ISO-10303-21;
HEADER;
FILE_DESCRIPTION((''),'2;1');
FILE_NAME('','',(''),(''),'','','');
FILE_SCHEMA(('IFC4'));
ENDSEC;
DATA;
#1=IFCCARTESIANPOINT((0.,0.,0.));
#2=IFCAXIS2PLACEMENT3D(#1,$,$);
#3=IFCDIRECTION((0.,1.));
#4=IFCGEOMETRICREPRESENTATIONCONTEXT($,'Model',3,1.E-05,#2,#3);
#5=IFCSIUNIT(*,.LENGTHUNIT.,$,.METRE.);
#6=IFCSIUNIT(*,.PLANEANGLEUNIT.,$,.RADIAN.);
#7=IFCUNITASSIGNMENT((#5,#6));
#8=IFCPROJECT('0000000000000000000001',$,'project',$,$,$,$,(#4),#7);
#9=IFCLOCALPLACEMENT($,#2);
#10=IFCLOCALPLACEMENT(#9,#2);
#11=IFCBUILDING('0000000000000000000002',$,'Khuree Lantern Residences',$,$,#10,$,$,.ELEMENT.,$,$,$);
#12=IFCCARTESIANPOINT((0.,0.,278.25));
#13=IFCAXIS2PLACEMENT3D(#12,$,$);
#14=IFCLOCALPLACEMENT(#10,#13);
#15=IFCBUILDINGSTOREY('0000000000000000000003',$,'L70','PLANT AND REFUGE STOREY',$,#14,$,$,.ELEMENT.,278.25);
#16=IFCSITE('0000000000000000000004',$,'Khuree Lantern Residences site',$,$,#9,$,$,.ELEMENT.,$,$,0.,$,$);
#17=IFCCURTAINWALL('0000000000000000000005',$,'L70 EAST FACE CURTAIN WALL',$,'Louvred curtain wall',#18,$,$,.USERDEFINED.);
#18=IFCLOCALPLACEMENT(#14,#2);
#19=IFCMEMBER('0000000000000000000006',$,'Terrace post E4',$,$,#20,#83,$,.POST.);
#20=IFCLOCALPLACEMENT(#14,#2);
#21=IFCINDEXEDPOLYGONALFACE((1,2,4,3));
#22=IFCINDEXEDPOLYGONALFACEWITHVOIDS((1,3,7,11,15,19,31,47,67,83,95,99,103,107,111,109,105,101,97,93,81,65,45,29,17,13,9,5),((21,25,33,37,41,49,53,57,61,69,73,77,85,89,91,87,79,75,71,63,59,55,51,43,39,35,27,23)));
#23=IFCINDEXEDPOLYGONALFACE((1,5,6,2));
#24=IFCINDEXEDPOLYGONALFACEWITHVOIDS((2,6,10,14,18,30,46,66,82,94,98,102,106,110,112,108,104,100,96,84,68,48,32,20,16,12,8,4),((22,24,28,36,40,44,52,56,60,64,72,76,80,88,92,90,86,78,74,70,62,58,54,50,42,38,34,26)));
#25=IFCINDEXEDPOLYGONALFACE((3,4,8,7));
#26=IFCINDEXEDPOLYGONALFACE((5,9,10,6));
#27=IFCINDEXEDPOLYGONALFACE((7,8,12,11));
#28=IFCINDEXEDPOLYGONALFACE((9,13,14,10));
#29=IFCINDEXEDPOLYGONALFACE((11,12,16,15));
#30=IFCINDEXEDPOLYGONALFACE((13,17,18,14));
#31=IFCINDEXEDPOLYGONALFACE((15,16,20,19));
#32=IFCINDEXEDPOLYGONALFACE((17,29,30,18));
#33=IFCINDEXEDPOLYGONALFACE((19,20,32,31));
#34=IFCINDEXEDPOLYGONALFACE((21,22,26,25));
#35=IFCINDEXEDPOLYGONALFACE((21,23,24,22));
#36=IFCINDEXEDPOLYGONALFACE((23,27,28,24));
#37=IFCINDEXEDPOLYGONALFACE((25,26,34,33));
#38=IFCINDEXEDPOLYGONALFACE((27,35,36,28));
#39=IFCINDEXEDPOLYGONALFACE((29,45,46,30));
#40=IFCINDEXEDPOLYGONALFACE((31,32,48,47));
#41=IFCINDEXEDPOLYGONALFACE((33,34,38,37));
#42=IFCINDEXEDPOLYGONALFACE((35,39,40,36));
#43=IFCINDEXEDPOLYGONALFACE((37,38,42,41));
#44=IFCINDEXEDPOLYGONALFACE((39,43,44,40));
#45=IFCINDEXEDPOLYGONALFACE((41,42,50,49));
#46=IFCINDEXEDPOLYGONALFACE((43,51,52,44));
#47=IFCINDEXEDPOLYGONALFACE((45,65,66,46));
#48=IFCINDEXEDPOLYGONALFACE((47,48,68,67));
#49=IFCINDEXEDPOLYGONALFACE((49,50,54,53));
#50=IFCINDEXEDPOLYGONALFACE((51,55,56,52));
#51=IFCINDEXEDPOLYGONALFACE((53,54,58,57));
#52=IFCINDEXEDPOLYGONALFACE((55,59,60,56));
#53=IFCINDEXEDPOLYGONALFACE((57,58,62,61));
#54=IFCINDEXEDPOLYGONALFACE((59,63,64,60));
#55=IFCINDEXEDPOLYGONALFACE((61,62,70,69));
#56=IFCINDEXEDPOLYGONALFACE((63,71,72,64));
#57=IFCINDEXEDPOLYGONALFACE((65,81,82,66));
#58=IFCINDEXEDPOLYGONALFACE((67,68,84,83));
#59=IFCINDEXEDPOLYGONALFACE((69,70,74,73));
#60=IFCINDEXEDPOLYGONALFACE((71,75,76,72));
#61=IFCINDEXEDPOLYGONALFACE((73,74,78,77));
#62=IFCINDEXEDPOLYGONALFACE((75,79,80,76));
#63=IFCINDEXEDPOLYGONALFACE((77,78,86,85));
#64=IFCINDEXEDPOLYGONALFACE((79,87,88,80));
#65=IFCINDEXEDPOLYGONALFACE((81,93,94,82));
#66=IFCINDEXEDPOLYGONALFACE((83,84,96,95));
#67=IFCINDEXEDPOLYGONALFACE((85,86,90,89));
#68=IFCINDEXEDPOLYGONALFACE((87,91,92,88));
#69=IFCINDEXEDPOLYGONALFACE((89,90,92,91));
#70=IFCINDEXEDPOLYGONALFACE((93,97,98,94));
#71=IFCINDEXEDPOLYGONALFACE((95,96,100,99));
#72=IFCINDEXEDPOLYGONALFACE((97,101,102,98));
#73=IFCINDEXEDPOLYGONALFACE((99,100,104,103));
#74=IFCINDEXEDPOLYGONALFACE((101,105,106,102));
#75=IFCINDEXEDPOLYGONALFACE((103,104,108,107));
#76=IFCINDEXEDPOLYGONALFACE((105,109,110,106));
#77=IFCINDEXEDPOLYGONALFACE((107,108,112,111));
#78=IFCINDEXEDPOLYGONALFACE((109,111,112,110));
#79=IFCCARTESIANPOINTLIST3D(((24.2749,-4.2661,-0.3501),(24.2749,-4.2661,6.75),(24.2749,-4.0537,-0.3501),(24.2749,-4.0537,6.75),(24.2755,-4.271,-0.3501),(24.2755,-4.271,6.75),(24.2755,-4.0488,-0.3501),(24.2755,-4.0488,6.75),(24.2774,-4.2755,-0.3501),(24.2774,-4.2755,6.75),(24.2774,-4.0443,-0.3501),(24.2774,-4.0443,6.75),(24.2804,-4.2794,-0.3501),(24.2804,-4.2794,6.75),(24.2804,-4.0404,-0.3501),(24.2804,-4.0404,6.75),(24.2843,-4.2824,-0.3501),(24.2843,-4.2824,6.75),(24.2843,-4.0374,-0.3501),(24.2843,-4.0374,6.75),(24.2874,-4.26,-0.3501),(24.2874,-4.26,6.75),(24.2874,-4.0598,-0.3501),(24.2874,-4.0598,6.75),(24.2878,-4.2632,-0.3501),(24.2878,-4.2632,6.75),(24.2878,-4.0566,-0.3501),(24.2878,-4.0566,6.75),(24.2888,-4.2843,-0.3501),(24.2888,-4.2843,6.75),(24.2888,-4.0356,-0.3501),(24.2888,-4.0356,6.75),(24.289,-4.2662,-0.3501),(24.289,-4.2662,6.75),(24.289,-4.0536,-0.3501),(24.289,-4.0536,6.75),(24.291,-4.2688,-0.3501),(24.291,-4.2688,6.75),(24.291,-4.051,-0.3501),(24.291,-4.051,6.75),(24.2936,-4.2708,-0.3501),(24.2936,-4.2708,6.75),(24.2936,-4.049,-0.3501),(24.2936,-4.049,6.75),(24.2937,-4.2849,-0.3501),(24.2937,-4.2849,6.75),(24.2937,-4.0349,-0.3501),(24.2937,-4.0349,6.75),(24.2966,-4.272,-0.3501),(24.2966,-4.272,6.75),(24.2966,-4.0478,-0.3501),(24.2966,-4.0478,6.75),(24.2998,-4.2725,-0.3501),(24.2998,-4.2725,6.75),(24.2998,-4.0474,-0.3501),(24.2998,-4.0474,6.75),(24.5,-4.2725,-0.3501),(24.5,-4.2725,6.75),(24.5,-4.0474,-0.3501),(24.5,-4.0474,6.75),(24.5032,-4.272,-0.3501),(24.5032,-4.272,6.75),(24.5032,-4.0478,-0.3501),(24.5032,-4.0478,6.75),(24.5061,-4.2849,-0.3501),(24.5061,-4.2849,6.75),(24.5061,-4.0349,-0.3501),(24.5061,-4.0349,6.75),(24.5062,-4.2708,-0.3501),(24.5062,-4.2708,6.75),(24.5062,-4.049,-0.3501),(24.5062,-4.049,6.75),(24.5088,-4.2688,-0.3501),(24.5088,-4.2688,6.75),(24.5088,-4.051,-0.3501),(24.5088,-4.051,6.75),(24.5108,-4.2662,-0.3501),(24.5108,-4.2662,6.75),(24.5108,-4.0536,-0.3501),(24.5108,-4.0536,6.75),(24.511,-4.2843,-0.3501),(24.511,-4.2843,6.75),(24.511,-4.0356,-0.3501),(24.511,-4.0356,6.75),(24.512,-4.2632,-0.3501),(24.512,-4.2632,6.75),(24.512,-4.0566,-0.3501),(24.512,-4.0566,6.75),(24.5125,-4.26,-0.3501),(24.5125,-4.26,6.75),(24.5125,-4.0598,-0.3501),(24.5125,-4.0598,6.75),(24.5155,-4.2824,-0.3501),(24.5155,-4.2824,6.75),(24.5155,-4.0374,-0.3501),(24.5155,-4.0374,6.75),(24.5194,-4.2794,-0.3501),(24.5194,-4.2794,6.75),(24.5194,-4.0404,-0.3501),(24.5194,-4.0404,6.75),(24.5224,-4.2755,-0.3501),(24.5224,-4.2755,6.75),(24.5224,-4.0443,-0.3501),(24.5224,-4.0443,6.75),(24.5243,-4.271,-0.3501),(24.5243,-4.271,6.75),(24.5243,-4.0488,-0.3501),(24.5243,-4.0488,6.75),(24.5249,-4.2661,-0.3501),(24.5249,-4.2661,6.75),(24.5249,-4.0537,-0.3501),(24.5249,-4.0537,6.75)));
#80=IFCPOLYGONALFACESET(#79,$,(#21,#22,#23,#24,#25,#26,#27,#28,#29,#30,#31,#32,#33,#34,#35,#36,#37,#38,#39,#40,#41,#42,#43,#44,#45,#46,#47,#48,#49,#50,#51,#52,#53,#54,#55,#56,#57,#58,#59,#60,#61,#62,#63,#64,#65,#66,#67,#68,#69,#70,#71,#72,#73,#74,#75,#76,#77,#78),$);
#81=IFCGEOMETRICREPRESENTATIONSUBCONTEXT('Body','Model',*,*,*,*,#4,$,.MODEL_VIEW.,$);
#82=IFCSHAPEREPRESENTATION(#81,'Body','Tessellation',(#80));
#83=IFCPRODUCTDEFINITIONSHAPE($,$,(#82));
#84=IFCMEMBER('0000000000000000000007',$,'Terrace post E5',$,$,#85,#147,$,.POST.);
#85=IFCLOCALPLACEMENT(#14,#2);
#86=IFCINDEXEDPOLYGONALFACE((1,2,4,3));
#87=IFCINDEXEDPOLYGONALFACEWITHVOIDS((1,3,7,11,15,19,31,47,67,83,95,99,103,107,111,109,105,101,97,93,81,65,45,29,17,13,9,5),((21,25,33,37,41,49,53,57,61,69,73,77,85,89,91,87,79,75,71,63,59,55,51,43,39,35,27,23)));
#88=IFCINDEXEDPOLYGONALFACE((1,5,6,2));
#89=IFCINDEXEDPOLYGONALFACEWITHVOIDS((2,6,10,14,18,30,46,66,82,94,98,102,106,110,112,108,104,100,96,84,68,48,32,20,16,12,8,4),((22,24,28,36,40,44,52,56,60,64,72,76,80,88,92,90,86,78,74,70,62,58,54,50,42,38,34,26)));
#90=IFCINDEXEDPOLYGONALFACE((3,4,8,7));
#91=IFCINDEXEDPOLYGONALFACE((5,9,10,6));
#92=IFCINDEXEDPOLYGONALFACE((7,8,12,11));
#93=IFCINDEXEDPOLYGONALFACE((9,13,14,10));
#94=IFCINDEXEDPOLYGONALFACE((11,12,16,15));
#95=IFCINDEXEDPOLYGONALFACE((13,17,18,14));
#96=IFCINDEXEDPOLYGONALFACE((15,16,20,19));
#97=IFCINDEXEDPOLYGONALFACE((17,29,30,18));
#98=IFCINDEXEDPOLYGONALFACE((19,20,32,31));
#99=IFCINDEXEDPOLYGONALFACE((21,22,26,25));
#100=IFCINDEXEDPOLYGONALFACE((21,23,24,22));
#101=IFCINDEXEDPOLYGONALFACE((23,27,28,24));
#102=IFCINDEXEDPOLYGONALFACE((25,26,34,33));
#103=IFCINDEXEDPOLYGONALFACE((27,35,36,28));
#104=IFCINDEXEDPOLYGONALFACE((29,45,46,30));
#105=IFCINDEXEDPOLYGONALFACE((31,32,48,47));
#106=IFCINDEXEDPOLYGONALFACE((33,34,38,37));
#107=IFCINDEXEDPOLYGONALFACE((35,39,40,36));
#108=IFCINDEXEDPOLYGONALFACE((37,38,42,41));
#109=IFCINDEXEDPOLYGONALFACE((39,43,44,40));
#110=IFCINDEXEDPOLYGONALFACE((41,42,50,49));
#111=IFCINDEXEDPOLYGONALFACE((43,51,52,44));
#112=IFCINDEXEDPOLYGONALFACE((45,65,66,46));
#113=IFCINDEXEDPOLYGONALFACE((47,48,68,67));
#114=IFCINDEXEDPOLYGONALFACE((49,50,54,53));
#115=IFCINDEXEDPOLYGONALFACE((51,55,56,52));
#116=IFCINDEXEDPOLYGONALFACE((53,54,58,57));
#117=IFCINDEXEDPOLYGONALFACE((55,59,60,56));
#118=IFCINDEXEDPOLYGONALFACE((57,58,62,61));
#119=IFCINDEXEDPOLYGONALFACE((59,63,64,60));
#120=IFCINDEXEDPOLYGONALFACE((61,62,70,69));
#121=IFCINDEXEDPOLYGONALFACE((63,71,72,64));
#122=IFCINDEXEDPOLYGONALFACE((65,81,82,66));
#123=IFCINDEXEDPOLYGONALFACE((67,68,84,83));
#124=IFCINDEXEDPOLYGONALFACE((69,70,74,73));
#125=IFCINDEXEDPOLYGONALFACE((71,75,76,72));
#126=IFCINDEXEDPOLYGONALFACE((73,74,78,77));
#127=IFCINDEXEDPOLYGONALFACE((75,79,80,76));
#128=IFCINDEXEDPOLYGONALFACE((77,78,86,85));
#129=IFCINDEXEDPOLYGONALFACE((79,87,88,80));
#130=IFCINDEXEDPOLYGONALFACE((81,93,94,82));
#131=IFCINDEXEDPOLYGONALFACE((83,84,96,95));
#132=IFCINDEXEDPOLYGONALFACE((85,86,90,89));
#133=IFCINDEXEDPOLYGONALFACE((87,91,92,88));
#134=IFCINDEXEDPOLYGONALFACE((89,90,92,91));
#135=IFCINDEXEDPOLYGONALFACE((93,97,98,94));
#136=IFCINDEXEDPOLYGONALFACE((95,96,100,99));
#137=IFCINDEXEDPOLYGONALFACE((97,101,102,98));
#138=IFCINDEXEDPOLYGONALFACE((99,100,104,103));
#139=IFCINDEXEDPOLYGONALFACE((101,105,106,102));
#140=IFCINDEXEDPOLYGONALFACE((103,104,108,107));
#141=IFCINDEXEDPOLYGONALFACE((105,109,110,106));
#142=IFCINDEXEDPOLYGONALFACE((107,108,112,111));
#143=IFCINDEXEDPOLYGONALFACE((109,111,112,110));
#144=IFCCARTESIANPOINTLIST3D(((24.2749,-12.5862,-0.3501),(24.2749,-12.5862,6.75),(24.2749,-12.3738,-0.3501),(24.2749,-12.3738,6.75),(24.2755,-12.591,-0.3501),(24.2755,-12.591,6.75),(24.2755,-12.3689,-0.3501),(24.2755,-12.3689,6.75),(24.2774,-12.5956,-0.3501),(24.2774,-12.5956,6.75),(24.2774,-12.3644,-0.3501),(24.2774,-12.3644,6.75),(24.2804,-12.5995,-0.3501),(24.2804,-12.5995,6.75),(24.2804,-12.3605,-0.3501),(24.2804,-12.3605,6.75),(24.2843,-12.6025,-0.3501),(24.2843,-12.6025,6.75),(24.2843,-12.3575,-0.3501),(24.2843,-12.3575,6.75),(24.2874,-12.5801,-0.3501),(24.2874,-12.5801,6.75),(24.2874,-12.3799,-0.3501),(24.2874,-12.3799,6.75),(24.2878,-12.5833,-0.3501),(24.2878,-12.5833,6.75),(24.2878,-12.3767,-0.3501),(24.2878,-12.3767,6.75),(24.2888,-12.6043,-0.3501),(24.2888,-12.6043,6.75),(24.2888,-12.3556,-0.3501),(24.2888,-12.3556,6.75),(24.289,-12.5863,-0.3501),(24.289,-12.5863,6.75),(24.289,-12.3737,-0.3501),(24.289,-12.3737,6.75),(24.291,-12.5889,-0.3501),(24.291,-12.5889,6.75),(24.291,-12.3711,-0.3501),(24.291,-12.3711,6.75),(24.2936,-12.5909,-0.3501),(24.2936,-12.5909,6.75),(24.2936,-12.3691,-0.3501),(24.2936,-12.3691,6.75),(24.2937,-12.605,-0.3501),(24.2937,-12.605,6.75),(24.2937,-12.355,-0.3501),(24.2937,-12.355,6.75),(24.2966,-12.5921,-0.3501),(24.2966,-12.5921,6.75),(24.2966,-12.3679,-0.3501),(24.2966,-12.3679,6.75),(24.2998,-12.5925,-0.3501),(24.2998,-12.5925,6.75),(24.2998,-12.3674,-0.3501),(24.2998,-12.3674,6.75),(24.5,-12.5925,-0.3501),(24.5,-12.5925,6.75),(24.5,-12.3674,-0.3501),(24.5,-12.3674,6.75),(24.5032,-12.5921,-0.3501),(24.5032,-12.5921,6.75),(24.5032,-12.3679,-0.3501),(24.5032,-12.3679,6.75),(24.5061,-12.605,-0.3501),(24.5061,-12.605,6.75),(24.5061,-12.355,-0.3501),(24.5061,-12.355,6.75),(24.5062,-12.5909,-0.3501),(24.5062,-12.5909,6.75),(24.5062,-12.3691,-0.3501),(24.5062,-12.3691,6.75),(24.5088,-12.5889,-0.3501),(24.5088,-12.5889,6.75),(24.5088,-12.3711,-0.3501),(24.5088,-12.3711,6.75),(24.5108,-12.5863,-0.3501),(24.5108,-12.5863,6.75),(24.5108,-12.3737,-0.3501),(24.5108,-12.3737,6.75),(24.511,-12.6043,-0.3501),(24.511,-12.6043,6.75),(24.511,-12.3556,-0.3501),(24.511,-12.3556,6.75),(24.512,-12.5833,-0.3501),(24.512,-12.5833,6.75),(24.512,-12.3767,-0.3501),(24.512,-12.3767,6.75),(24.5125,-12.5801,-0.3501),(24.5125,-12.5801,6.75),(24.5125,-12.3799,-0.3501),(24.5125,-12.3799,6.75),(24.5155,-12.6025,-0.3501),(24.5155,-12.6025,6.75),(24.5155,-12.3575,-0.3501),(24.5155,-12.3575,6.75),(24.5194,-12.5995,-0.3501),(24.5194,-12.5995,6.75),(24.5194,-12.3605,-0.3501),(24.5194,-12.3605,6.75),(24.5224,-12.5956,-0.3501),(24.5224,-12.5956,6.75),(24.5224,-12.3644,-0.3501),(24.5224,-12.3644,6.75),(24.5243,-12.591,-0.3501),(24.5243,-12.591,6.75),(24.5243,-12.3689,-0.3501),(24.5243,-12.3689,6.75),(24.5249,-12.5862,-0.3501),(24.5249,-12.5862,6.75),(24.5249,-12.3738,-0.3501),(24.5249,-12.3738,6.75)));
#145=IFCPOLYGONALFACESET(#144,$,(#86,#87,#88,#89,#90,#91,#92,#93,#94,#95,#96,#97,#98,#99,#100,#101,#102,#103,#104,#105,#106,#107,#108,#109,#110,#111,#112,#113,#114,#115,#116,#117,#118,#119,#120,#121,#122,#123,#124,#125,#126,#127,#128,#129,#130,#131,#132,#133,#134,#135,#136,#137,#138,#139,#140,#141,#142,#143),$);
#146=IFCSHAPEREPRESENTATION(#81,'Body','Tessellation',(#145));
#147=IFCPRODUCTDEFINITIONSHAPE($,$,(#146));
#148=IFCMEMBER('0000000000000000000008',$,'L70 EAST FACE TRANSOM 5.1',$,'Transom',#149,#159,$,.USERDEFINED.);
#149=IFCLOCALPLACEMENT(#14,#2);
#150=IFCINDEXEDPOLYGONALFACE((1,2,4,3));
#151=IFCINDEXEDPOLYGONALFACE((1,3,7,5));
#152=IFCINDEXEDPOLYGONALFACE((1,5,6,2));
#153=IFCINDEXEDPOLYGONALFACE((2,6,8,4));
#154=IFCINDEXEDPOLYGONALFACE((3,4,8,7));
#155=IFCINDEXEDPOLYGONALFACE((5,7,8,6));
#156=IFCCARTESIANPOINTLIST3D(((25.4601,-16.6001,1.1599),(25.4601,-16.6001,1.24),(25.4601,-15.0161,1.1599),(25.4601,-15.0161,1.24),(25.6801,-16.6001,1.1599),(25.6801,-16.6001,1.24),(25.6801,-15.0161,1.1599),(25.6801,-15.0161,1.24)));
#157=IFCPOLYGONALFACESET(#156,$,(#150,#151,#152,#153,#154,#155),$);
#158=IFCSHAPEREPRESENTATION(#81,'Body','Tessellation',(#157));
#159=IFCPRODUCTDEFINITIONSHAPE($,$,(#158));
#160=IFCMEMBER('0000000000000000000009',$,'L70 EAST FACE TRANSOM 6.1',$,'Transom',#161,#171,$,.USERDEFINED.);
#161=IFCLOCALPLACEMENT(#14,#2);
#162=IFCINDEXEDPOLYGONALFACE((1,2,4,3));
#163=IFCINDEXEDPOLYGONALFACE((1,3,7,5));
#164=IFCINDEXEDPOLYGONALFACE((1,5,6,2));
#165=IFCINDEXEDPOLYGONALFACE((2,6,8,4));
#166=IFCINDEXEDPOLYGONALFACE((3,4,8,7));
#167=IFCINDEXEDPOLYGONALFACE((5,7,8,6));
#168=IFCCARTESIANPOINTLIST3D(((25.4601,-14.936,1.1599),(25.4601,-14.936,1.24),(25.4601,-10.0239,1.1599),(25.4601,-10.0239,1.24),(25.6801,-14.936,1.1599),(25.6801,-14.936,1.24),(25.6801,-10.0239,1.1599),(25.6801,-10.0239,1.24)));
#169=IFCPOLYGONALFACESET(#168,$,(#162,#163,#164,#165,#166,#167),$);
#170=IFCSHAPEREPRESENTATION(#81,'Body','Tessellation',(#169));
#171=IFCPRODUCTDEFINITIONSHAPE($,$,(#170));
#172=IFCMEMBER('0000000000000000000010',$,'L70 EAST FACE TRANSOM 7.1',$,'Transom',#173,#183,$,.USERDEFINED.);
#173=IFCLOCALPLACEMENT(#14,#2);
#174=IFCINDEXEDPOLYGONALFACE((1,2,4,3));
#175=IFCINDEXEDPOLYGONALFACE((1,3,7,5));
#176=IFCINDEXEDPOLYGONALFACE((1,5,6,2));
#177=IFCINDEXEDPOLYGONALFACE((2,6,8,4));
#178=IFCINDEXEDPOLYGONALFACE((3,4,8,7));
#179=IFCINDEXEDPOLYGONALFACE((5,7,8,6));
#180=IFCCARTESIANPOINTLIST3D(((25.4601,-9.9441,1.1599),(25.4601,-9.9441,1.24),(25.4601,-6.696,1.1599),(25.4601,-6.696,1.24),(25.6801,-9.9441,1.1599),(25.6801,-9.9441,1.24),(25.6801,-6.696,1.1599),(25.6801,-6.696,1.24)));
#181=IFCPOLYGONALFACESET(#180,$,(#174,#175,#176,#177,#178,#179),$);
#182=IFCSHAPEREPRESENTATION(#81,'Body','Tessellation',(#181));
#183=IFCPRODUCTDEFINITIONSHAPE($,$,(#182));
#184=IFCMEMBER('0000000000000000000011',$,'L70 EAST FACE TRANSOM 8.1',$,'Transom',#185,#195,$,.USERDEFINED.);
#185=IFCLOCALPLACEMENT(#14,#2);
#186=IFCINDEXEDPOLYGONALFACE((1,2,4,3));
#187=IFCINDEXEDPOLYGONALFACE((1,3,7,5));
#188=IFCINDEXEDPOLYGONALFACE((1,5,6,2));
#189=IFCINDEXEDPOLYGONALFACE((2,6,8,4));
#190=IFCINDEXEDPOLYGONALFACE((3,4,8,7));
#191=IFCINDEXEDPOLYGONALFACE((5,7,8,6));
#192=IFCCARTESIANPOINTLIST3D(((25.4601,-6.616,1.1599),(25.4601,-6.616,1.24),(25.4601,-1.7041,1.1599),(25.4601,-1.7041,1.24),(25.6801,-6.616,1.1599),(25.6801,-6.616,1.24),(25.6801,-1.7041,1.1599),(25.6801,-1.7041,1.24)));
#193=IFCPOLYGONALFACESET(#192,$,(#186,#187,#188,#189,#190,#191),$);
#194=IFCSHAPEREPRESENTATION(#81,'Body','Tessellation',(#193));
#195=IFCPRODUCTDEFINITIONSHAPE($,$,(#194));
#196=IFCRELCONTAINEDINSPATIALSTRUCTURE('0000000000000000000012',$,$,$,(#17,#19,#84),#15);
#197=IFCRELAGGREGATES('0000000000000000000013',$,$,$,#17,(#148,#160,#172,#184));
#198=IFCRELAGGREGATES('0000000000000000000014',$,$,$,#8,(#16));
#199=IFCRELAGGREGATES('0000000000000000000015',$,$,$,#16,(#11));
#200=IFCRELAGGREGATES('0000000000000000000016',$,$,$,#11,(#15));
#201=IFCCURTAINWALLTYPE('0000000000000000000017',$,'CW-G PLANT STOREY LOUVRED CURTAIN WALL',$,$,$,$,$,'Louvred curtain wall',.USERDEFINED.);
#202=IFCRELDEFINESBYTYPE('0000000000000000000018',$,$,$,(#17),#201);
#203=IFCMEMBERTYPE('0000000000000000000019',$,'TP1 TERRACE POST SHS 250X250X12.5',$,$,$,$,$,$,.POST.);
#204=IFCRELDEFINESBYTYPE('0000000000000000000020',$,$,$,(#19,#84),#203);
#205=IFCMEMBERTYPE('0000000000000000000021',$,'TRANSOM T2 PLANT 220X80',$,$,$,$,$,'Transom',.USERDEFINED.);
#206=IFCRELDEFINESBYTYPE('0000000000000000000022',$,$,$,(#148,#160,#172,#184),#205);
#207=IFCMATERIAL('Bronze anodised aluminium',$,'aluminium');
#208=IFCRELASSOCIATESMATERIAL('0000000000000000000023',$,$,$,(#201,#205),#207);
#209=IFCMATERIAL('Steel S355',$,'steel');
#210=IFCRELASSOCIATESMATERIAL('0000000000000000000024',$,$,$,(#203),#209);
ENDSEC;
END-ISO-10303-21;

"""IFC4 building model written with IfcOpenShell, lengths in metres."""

from ifc_helpers import new_model, si_unit, direction, frame, origin, origin_2d, place, context, subcontext, project, spatial, rectangle, hollow_rectangle, extrude, material, material_profile, profile_set, type_object, element, aggregate, save


model = new_model("IFC4")

# Units and contexts
model_context = context("Model", 3, precision=1e-05, world=origin(), true_north=direction((0.0, 1.0)))
body_context = subcontext(model_context, "Body", "Model", "MODEL_VIEW")
ifc_project = project(units=[si_unit("LENGTHUNIT", "METRE"), si_unit("PLANEANGLEUNIT", "RADIAN")], contexts=[model_context])

# Site, building, storey
site_placement = place(None, origin())
site = spatial("IfcSite", under=ifc_project, at=site_placement, Name="Khuree Lantern Residences site", CompositionType="ELEMENT", RefElevation=0.0)
building_placement = place(site_placement, origin())
building = spatial("IfcBuilding", under=site, at=building_placement, Name="Khuree Lantern Residences", CompositionType="ELEMENT")
storey_placement = place(building_placement, frame((0.0, 0.0, 278.25)))
storey = spatial("IfcBuildingStorey", under=building, at=storey_placement, Name="L70", Description="PLANT AND REFUGE STOREY", CompositionType="ELEMENT", Elevation=278.25)

# Shared definitions
ifc_material_1 = material(Name="Steel S355", Category="steel")

# Curtain wall
ifc_material_2 = material(Name="Bronze anodised aluminium", Category="aluminium")
curtain_wall_type = type_object("IfcCurtainWallType", Name="CW-G PLANT STOREY LOUVRED CURTAIN WALL", ElementType="Louvred curtain wall", PredefinedType="USERDEFINED", material=ifc_material_2)
curtain_wall_placement = place(storey_placement, origin())
curtain_wall = element("IfcCurtainWall", 1, at=curtain_wall_placement, inside=storey, type_object=curtain_wall_type, Name="L70 EAST FACE CURTAIN WALL", ObjectType="Louvred curtain wall", PredefinedType="USERDEFINED")

# Members
ifc_material_profile_1 = material_profile(ifc_material_1, hollow_rectangle(XDim=0.25, YDim=0.25, WallThickness=0.0125, InnerFilletRadius=0.0125, OuterFilletRadius=0.0188, at=origin_2d()), Name="SHS 250X250X12.5")
ifc_profile_set_1 = profile_set([ifc_material_profile_1], Name="Steel S355")
member_type_1 = type_object("IfcMemberType", Name="TP1 TERRACE POST SHS 250X250X12.5", PredefinedType="POST", material=ifc_profile_set_1)
for number, where, z_axis, x_axis, name in (
    (2, (24.3999, -4.1599, -0.3501), (0.0, 0.0, 1.0), (1.0, 0.0, 0.0), "Terrace post E4"),
    (3, (24.3999, -12.48, -0.3501), (0.0, 0.0, 1.0), (1.0, 0.0, 0.0), "Terrace post E5"),
):
    element("IfcMember", number, at=place(storey_placement, frame(where, z_axis=z_axis, x_axis=x_axis)), inside=storey, type_object=member_type_1, Name=name, PredefinedType="POST", context=body_context, shape_type="SweptSolid", body=[
        extrude(hollow_rectangle(XDim=0.25, YDim=0.25, WallThickness=0.0125, InnerFilletRadius=0.0125, OuterFilletRadius=0.0188, at=origin_2d()), origin(), (0.0, 0.0, 1.0), 7.1001),
    ])

# Members
ifc_material_profile_2 = material_profile(ifc_material_2, rectangle(XDim=0.22, YDim=0.0801, at=origin_2d()), Name="T2 220X80")
ifc_profile_set_2 = profile_set([ifc_material_profile_2], Name="Bronze anodised aluminium")
member_type_2 = type_object("IfcMemberType", Name="TRANSOM T2 PLANT 220X80", ElementType="Transom", PredefinedType="USERDEFINED", material=ifc_profile_set_2)
member_1_placement = place(storey_placement, frame((25.5701, -16.6001, 1.2), z_axis=(0.0, 1.0, 0.0), x_axis=(-1.0, 0.0, 0.0)))
member_1 = element("IfcMember", 4, at=member_1_placement, type_object=member_type_2, Name="L70 EAST FACE TRANSOM 5.1", ObjectType="Transom", PredefinedType="USERDEFINED", context=body_context, shape_type="SweptSolid", body=[
    extrude(rectangle(XDim=0.22, YDim=0.0801, at=origin_2d()), origin(), (0.0, 0.0, 1.0), 1.584),
])
member_2_placement = place(storey_placement, frame((25.5701, -14.936, 1.2), z_axis=(0.0, 1.0, 0.0), x_axis=(-1.0, 0.0, 0.0)))
member_2 = element("IfcMember", 5, at=member_2_placement, type_object=member_type_2, Name="L70 EAST FACE TRANSOM 6.1", ObjectType="Transom", PredefinedType="USERDEFINED", context=body_context, shape_type="SweptSolid", body=[
    extrude(rectangle(XDim=0.22, YDim=0.0801, at=origin_2d()), origin(), (0.0, 0.0, 1.0), 4.9121),
])
member_3_placement = place(storey_placement, frame((25.5701, -9.9441, 1.2), z_axis=(0.0, 1.0, 0.0), x_axis=(-1.0, 0.0, 0.0)))
member_3 = element("IfcMember", 6, at=member_3_placement, type_object=member_type_2, Name="L70 EAST FACE TRANSOM 7.1", ObjectType="Transom", PredefinedType="USERDEFINED", context=body_context, shape_type="SweptSolid", body=[
    extrude(rectangle(XDim=0.22, YDim=0.0801, at=origin_2d()), origin(), (0.0, 0.0, 1.0), 3.248),
])
member_4_placement = place(storey_placement, frame((25.5701, -6.616, 1.2), z_axis=(0.0, 1.0, 0.0), x_axis=(-1.0, 0.0, 0.0)))
member_4 = element("IfcMember", 7, at=member_4_placement, type_object=member_type_2, Name="L70 EAST FACE TRANSOM 8.1", ObjectType="Transom", PredefinedType="USERDEFINED", context=body_context, shape_type="SweptSolid", body=[
    extrude(rectangle(XDim=0.22, YDim=0.0801, at=origin_2d()), origin(), (0.0, 0.0, 1.0), 4.9119),
])

aggregate(curtain_wall, [member_1, member_2, member_3, member_4])

save(model, "model.ifc")
